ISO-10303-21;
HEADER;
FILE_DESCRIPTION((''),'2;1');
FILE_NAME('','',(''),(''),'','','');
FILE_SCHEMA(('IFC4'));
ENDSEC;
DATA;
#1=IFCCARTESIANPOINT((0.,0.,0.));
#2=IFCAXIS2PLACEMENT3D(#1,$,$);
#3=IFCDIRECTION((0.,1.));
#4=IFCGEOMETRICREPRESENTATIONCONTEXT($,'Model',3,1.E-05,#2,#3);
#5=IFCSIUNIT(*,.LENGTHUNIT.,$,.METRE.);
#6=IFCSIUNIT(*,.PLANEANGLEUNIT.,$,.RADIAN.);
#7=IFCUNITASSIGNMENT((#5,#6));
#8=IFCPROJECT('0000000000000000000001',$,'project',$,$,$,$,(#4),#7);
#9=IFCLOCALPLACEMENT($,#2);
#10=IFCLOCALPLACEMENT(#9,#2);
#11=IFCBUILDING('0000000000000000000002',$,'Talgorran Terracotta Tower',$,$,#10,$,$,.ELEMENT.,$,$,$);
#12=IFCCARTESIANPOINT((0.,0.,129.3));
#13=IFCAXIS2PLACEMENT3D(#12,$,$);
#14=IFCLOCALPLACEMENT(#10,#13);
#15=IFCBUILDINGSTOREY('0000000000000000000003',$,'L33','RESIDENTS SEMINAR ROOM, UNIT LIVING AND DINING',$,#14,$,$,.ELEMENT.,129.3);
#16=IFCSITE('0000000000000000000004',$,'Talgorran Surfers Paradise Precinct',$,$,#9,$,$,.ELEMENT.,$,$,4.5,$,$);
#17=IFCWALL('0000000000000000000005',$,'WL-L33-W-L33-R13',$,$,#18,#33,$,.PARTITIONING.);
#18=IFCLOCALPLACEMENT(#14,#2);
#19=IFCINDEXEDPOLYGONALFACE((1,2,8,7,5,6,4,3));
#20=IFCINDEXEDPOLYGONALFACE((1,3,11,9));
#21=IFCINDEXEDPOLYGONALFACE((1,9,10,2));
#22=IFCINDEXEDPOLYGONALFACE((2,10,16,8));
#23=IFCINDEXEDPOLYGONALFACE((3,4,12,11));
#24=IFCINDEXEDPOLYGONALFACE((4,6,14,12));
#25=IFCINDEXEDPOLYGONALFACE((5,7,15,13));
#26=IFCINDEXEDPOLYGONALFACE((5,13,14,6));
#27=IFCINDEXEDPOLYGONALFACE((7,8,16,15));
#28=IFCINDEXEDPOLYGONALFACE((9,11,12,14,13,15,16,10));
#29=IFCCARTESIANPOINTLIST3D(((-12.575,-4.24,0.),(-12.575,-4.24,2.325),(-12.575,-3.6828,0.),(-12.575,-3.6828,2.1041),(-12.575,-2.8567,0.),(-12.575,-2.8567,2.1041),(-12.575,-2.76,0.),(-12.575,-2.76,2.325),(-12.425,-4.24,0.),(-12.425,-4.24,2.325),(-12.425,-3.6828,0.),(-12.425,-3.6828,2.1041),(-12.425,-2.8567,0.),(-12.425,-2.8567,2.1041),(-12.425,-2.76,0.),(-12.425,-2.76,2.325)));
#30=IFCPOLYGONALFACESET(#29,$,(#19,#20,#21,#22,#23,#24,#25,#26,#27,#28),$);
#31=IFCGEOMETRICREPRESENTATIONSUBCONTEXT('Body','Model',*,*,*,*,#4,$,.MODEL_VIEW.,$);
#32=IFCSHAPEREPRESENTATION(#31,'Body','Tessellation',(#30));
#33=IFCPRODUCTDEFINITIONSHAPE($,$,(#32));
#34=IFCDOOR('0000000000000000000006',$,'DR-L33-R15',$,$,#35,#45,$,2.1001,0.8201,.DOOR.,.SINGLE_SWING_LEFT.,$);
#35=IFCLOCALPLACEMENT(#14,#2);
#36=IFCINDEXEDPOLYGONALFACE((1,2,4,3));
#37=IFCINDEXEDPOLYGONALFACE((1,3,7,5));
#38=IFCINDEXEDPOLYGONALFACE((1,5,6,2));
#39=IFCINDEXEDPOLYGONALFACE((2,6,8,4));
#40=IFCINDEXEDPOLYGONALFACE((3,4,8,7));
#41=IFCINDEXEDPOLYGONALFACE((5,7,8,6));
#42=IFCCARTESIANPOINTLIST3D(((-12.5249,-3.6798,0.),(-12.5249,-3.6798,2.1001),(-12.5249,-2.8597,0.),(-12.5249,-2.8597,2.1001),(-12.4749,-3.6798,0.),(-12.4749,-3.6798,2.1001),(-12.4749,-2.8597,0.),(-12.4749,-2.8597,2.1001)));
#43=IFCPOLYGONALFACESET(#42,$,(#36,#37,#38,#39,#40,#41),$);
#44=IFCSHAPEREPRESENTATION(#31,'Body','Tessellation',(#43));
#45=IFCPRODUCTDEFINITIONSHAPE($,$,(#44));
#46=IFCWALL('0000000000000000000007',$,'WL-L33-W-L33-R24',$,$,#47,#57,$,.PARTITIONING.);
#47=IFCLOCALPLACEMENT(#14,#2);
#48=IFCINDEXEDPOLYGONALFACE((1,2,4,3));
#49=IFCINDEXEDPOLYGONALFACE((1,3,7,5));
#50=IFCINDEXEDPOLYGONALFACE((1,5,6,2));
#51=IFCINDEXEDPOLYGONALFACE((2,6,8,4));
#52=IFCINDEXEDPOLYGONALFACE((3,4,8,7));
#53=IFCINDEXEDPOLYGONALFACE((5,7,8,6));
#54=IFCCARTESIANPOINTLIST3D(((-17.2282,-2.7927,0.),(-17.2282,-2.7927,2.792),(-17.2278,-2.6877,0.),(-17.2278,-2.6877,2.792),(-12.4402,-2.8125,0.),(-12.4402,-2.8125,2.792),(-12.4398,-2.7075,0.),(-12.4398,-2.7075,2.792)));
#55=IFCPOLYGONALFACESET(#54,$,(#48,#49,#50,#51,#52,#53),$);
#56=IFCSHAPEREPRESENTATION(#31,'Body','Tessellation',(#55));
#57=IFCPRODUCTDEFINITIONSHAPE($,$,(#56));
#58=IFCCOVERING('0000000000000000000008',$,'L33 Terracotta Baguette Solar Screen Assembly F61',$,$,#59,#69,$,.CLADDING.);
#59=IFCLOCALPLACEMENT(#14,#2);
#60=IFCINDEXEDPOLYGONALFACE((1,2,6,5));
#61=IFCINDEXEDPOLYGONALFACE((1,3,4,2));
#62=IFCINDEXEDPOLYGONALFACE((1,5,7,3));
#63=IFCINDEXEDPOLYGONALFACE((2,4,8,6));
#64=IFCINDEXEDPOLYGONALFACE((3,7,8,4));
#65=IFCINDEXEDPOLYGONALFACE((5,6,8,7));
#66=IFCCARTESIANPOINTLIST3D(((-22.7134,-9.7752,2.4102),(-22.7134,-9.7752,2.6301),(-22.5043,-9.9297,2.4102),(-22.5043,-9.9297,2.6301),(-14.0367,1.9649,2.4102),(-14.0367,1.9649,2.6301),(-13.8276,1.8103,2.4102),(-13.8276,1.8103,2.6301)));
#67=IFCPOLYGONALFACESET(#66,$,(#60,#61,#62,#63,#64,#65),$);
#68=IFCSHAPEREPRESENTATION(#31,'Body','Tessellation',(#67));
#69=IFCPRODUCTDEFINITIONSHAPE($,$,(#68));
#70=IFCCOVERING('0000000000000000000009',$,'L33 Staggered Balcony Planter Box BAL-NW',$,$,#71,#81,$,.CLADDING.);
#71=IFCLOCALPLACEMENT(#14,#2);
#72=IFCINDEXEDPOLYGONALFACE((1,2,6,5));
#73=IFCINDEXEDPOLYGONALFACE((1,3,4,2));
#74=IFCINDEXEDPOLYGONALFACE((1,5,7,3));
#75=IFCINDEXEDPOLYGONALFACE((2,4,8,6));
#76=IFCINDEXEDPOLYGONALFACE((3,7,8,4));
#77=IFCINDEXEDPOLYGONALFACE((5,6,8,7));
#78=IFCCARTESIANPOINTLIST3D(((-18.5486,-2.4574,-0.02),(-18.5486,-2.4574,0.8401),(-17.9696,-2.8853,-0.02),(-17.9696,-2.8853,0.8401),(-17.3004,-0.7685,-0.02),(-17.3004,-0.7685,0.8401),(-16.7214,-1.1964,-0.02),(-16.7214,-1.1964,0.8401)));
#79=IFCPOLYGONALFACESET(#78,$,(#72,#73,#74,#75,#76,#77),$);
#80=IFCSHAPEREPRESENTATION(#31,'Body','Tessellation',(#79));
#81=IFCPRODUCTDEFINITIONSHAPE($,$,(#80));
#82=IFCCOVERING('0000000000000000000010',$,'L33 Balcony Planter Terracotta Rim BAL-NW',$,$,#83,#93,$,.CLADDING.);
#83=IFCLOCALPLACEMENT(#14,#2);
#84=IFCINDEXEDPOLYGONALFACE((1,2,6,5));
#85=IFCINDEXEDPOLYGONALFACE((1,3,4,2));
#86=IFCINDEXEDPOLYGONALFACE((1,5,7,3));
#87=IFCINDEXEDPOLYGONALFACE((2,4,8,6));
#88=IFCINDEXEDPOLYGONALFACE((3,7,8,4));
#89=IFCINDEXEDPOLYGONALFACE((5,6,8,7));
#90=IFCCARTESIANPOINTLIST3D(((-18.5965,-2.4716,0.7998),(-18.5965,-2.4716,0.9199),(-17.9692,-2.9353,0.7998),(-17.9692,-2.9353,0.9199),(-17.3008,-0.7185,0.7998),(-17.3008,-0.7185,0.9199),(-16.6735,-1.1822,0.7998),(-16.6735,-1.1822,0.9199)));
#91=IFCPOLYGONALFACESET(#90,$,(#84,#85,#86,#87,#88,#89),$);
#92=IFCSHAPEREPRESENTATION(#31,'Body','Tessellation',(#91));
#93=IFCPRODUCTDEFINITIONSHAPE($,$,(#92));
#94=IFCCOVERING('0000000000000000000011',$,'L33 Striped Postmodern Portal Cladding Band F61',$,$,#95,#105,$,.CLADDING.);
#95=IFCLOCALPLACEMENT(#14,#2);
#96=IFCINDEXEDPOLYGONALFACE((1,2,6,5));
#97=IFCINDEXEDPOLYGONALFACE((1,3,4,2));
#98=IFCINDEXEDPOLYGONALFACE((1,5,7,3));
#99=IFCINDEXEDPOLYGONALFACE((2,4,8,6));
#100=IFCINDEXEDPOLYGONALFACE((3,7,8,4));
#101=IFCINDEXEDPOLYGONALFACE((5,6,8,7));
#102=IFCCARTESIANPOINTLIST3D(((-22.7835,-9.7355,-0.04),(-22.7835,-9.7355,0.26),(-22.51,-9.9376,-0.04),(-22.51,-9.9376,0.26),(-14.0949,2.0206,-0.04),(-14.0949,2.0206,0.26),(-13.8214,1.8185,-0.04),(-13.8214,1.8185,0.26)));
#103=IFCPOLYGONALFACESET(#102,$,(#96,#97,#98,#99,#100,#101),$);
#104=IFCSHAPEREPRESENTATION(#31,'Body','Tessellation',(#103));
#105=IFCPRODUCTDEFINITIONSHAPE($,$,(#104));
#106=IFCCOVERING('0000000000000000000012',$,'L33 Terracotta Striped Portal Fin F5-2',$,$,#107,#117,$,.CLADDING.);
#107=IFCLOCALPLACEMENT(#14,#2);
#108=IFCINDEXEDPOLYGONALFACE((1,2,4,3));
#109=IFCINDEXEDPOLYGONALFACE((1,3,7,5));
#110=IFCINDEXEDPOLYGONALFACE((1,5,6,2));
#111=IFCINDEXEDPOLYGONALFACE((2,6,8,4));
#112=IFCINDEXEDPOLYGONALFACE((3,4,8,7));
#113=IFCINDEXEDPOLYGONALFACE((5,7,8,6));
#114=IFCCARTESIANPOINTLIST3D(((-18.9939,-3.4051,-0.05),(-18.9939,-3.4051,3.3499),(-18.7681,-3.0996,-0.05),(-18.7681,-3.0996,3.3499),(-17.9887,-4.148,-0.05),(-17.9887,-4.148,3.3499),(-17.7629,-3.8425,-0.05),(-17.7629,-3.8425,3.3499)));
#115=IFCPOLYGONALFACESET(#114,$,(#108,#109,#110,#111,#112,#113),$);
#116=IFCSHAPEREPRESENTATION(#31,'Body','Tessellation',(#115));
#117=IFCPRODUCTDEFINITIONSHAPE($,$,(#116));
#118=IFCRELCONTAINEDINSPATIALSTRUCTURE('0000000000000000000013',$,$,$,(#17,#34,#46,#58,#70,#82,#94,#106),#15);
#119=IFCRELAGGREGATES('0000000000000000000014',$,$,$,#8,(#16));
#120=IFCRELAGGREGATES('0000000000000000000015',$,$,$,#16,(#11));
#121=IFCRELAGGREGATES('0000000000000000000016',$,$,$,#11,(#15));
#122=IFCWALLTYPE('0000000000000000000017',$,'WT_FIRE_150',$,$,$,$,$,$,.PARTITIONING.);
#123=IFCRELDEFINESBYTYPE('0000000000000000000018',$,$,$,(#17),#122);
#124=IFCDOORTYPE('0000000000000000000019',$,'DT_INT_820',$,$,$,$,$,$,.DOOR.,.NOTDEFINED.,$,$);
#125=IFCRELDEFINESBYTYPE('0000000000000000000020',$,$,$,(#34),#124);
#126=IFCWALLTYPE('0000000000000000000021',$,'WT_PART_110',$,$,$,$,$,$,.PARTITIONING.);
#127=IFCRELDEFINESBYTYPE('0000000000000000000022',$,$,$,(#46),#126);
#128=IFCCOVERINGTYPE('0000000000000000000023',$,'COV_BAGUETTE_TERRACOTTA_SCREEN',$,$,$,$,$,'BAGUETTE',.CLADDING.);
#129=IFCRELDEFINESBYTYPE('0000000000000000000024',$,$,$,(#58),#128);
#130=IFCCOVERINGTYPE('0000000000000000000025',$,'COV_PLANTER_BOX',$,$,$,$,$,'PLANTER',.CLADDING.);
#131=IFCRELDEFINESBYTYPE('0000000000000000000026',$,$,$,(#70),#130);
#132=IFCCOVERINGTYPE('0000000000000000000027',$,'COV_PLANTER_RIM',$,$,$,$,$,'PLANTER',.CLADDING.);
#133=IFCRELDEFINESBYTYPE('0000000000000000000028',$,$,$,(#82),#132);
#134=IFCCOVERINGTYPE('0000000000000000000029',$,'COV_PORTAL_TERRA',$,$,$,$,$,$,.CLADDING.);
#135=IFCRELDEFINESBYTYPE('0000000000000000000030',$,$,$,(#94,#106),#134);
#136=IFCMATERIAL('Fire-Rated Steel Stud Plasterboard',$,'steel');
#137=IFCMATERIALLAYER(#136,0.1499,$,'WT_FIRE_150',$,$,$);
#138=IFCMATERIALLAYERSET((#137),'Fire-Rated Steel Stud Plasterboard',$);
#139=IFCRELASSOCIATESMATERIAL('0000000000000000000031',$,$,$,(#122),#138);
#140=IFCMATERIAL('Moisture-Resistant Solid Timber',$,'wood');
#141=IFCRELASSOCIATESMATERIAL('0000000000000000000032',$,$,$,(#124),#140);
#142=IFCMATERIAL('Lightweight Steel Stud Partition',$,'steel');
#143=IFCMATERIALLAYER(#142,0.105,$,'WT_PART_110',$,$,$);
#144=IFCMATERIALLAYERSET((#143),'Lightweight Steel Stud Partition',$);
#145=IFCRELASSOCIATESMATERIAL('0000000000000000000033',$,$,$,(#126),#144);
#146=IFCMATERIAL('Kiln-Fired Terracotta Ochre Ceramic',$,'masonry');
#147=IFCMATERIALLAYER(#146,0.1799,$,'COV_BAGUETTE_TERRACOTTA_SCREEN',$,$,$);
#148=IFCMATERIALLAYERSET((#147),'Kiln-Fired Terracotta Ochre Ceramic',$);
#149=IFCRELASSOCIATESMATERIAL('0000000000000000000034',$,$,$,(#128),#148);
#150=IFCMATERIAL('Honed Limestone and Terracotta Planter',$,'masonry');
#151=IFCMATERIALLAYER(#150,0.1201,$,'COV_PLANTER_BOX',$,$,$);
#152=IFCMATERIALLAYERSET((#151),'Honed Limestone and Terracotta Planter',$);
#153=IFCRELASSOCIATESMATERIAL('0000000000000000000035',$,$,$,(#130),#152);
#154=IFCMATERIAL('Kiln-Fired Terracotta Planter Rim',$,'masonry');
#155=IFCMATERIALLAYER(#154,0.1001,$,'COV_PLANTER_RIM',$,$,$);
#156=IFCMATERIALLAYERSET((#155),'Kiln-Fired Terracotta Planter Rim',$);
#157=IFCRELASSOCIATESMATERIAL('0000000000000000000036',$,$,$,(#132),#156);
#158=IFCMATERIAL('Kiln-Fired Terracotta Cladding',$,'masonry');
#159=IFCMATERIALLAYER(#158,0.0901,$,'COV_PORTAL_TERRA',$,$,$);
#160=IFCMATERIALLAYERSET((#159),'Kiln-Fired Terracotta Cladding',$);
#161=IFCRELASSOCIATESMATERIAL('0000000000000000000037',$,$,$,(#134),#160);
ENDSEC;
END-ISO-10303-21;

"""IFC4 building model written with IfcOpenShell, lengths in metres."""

from ifc_helpers import new_model, si_unit, direction, frame, frame_2d, origin, origin_2d, place, context, subcontext, project, spatial, rectangle, extrude, material, layer, layer_set, type_object, element, fill, save


model = new_model("IFC4")

# Units and contexts
model_context = context("Model", 3, precision=1e-05, world=origin(), true_north=direction((0.0, 1.0)))
body_context = subcontext(model_context, "Body", "Model", "MODEL_VIEW")
ifc_project = project(units=[si_unit("LENGTHUNIT", "METRE"), si_unit("PLANEANGLEUNIT", "RADIAN")], contexts=[model_context])

# Site, building, storey
site_placement = place(None, origin())
site = spatial("IfcSite", under=ifc_project, at=site_placement, Name="Talgorran Surfers Paradise Precinct", CompositionType="ELEMENT", RefElevation=4.5)
building_placement = place(site_placement, origin())
building = spatial("IfcBuilding", under=site, at=building_placement, Name="Talgorran Terracotta Tower", CompositionType="ELEMENT")
storey_placement = place(building_placement, frame((0.0, 0.0, 129.3)))
storey = spatial("IfcBuildingStorey", under=building, at=storey_placement, Name="L33", Description="RESIDENTS SEMINAR ROOM, UNIT LIVING AND DINING", CompositionType="ELEMENT", Elevation=129.3)

# Wall, opening, door
ifc_material_1 = material(Name="Fire-Rated Steel Stud Plasterboard", Category="steel")
ifc_layer_1 = layer(ifc_material_1, 0.1499, Name="WT_FIRE_150")
ifc_layer_set_1 = layer_set([ifc_layer_1], Name="Fire-Rated Steel Stud Plasterboard")
wall_type_1 = type_object("IfcWallType", Name="WT_FIRE_150", PredefinedType="PARTITIONING", material=ifc_layer_set_1)
wall_1_placement = place(storey_placement, frame((-12.5, -4.24, 0.0), z_axis=(0.0, 0.0, 1.0), x_axis=(0.0, 1.0, 0.0)))
wall_1 = element("IfcWall", 1, at=wall_1_placement, inside=storey, type_object=wall_type_1, Name="WL-L33-W-L33-R13", PredefinedType="PARTITIONING", context=body_context, shape_type="SweptSolid", body=[
    extrude(rectangle(XDim=1.48, YDim=0.1499, at=frame_2d((0.74, 0.0))), origin(), (0.0, 0.0, 1.0), 2.325),
])
opening_1_placement = place(wall_1_placement, frame((0.5601, 0.0, 0.0)))
opening_1 = element("IfcOpeningElement", 2, at=opening_1_placement, cuts=wall_1, PredefinedType="OPENING", context=body_context, shape_type="SweptSolid", body=[
    extrude(rectangle(XDim=0.8261, YDim=2.1041, at=frame_2d((0.4102, 1.052))), frame((0.0, 0.085, 0.0), z_axis=(0.0, -1.0, 0.0), x_axis=(1.0, 0.0, 0.0)), (0.0, 0.0, 1.0), 0.1699),
])
ifc_material_2 = material(Name="Moisture-Resistant Solid Timber", Category="wood")
door_type_1 = type_object("IfcDoorType", Name="DT_INT_820", OperationType="NOTDEFINED", PredefinedType="DOOR", material=ifc_material_2)
door_1_placement = place(opening_1_placement, origin())
door_1 = element("IfcDoor", 3, at=door_1_placement, inside=storey, type_object=door_type_1, Name="DR-L33-R15", OperationType="SINGLE_SWING_LEFT", OverallHeight=2.1001, OverallWidth=0.8201, PredefinedType="DOOR", context=body_context, shape_type="SweptSolid", body=[
    extrude(rectangle(XDim=0.8201, YDim=2.1001, at=frame_2d((0.4102, 1.05))), frame((0.0, 0.0249, 0.0), z_axis=(0.0, -1.0, 0.0), x_axis=(1.0, 0.0, 0.0)), (0.0, 0.0, 1.0), 0.05),
])
fill(opening_1, door_1)

# Wall
ifc_material_3 = material(Name="Lightweight Steel Stud Partition", Category="steel")
ifc_layer_2 = layer(ifc_material_3, 0.105, Name="WT_PART_110")
ifc_layer_set_2 = layer_set([ifc_layer_2], Name="Lightweight Steel Stud Partition")
wall_type_2 = type_object("IfcWallType", Name="WT_PART_110", PredefinedType="PARTITIONING", material=ifc_layer_set_2)
wall_2_placement = place(storey_placement, frame((-17.228, -2.7402, 0.0), z_axis=(0.0, 0.0, 1.0), x_axis=(0.999991, -0.00413, 0.0)))
element("IfcWall", 4, at=wall_2_placement, inside=storey, type_object=wall_type_2, Name="WL-L33-W-L33-R24", PredefinedType="PARTITIONING", context=body_context, shape_type="SweptSolid", body=[
    extrude(rectangle(XDim=4.7881, YDim=0.105, at=frame_2d((2.394, 0.0))), origin(), (0.0, 0.0, 1.0), 2.792),
])

# Coverings
ifc_material_4 = material(Name="Kiln-Fired Terracotta Ochre Ceramic", Category="masonry")
ifc_layer_3 = layer(ifc_material_4, 0.1799, Name="COV_BAGUETTE_TERRACOTTA_SCREEN")
ifc_layer_set_3 = layer_set([ifc_layer_3], Name="Kiln-Fired Terracotta Ochre Ceramic")
covering_type_1 = type_object("IfcCoveringType", Name="COV_BAGUETTE_TERRACOTTA_SCREEN", ElementType="BAGUETTE", PredefinedType="CLADDING", material=ifc_layer_set_3)
covering_1_placement = place(storey_placement, frame((-18.2705, -3.9824, 2.4102), z_axis=(0.0, 0.0, 1.0), x_axis=(-0.59436, -0.804199, 0.0)))
element("IfcCovering", 5, at=covering_1_placement, inside=storey, type_object=covering_type_1, Name="L33 Terracotta Baguette Solar Screen Assembly F61", PredefinedType="CLADDING", context=body_context, shape_type="SweptSolid", body=[
    extrude(rectangle(XDim=14.5984, YDim=0.26, at=origin_2d()), origin(), (0.0, 0.0, 1.0), 0.22),
])
ifc_material_5 = material(Name="Honed Limestone and Terracotta Planter", Category="masonry")
ifc_layer_4 = layer(ifc_material_5, 0.1201, Name="COV_PLANTER_BOX")
ifc_layer_set_4 = layer_set([ifc_layer_4], Name="Honed Limestone and Terracotta Planter")
covering_type_2 = type_object("IfcCoveringType", Name="COV_PLANTER_BOX", ElementType="PLANTER", PredefinedType="CLADDING", material=ifc_layer_set_4)
covering_2_placement = place(storey_placement, frame((-17.635, -1.8269, -0.02), z_axis=(0.0, 0.0, 1.0), x_axis=(-0.59436, -0.804199, 0.0)))
element("IfcCovering", 6, at=covering_2_placement, inside=storey, type_object=covering_type_2, Name="L33 Staggered Balcony Planter Box BAL-NW", PredefinedType="CLADDING", context=body_context, shape_type="SweptSolid", body=[
    extrude(rectangle(XDim=2.1001, YDim=0.72, at=origin_2d()), origin(), (0.0, 0.0, 1.0), 0.8601),
])
ifc_material_6 = material(Name="Kiln-Fired Terracotta Planter Rim", Category="masonry")
ifc_layer_5 = layer(ifc_material_6, 0.1001, Name="COV_PLANTER_RIM")
ifc_layer_set_5 = layer_set([ifc_layer_5], Name="Kiln-Fired Terracotta Planter Rim")
covering_type_3 = type_object("IfcCoveringType", Name="COV_PLANTER_RIM", ElementType="PLANTER", PredefinedType="CLADDING", material=ifc_layer_set_5)
covering_3_placement = place(storey_placement, frame((-17.635, -1.8269, 0.7998), z_axis=(0.0, 0.0, 1.0), x_axis=(-0.59436, -0.804199, 0.0)))
element("IfcCovering", 7, at=covering_3_placement, inside=storey, type_object=covering_type_3, Name="L33 Balcony Planter Terracotta Rim BAL-NW", PredefinedType="CLADDING", context=body_context, shape_type="SweptSolid", body=[
    extrude(rectangle(XDim=2.1799, YDim=0.78, at=origin_2d()), origin(), (0.0, 0.0, 1.0), 0.1201),
])
ifc_material_7 = material(Name="Kiln-Fired Terracotta Cladding", Category="masonry")
ifc_layer_6 = layer(ifc_material_7, 0.0901, Name="COV_PORTAL_TERRA")
ifc_layer_set_6 = layer_set([ifc_layer_6], Name="Kiln-Fired Terracotta Cladding")
covering_type_4 = type_object("IfcCoveringType", Name="COV_PORTAL_TERRA", PredefinedType="CLADDING", material=ifc_layer_set_6)
covering_4_placement = place(storey_placement, frame((-18.3025, -3.9585, -0.04), z_axis=(0.0, 0.0, 1.0), x_axis=(-0.59436, -0.804199, 0.0)))
element("IfcCovering", 8, at=covering_4_placement, inside=storey, type_object=covering_type_4, Name="L33 Striped Postmodern Portal Cladding Band F61", PredefinedType="CLADDING", context=body_context, shape_type="SweptSolid", body=[
    extrude(rectangle(XDim=14.6184, YDim=0.3401, at=origin_2d()), origin(), (0.0, 0.0, 1.0), 0.3),
])
covering_5_placement = place(storey_placement, frame((-18.3784, -3.6238, -0.05), z_axis=(0.0, 0.0, 1.0), x_axis=(-0.59436, -0.804199, 0.0)))
element("IfcCovering", 9, at=covering_5_placement, inside=storey, type_object=covering_type_4, Name="L33 Terracotta Striped Portal Fin F5-2", PredefinedType="CLADDING", context=body_context, shape_type="SweptSolid", body=[
    extrude(rectangle(XDim=0.3799, YDim=1.25, at=origin_2d()), origin(), (0.0, 0.0, 1.0), 3.3999),
])

save(model, "model.ifc")
